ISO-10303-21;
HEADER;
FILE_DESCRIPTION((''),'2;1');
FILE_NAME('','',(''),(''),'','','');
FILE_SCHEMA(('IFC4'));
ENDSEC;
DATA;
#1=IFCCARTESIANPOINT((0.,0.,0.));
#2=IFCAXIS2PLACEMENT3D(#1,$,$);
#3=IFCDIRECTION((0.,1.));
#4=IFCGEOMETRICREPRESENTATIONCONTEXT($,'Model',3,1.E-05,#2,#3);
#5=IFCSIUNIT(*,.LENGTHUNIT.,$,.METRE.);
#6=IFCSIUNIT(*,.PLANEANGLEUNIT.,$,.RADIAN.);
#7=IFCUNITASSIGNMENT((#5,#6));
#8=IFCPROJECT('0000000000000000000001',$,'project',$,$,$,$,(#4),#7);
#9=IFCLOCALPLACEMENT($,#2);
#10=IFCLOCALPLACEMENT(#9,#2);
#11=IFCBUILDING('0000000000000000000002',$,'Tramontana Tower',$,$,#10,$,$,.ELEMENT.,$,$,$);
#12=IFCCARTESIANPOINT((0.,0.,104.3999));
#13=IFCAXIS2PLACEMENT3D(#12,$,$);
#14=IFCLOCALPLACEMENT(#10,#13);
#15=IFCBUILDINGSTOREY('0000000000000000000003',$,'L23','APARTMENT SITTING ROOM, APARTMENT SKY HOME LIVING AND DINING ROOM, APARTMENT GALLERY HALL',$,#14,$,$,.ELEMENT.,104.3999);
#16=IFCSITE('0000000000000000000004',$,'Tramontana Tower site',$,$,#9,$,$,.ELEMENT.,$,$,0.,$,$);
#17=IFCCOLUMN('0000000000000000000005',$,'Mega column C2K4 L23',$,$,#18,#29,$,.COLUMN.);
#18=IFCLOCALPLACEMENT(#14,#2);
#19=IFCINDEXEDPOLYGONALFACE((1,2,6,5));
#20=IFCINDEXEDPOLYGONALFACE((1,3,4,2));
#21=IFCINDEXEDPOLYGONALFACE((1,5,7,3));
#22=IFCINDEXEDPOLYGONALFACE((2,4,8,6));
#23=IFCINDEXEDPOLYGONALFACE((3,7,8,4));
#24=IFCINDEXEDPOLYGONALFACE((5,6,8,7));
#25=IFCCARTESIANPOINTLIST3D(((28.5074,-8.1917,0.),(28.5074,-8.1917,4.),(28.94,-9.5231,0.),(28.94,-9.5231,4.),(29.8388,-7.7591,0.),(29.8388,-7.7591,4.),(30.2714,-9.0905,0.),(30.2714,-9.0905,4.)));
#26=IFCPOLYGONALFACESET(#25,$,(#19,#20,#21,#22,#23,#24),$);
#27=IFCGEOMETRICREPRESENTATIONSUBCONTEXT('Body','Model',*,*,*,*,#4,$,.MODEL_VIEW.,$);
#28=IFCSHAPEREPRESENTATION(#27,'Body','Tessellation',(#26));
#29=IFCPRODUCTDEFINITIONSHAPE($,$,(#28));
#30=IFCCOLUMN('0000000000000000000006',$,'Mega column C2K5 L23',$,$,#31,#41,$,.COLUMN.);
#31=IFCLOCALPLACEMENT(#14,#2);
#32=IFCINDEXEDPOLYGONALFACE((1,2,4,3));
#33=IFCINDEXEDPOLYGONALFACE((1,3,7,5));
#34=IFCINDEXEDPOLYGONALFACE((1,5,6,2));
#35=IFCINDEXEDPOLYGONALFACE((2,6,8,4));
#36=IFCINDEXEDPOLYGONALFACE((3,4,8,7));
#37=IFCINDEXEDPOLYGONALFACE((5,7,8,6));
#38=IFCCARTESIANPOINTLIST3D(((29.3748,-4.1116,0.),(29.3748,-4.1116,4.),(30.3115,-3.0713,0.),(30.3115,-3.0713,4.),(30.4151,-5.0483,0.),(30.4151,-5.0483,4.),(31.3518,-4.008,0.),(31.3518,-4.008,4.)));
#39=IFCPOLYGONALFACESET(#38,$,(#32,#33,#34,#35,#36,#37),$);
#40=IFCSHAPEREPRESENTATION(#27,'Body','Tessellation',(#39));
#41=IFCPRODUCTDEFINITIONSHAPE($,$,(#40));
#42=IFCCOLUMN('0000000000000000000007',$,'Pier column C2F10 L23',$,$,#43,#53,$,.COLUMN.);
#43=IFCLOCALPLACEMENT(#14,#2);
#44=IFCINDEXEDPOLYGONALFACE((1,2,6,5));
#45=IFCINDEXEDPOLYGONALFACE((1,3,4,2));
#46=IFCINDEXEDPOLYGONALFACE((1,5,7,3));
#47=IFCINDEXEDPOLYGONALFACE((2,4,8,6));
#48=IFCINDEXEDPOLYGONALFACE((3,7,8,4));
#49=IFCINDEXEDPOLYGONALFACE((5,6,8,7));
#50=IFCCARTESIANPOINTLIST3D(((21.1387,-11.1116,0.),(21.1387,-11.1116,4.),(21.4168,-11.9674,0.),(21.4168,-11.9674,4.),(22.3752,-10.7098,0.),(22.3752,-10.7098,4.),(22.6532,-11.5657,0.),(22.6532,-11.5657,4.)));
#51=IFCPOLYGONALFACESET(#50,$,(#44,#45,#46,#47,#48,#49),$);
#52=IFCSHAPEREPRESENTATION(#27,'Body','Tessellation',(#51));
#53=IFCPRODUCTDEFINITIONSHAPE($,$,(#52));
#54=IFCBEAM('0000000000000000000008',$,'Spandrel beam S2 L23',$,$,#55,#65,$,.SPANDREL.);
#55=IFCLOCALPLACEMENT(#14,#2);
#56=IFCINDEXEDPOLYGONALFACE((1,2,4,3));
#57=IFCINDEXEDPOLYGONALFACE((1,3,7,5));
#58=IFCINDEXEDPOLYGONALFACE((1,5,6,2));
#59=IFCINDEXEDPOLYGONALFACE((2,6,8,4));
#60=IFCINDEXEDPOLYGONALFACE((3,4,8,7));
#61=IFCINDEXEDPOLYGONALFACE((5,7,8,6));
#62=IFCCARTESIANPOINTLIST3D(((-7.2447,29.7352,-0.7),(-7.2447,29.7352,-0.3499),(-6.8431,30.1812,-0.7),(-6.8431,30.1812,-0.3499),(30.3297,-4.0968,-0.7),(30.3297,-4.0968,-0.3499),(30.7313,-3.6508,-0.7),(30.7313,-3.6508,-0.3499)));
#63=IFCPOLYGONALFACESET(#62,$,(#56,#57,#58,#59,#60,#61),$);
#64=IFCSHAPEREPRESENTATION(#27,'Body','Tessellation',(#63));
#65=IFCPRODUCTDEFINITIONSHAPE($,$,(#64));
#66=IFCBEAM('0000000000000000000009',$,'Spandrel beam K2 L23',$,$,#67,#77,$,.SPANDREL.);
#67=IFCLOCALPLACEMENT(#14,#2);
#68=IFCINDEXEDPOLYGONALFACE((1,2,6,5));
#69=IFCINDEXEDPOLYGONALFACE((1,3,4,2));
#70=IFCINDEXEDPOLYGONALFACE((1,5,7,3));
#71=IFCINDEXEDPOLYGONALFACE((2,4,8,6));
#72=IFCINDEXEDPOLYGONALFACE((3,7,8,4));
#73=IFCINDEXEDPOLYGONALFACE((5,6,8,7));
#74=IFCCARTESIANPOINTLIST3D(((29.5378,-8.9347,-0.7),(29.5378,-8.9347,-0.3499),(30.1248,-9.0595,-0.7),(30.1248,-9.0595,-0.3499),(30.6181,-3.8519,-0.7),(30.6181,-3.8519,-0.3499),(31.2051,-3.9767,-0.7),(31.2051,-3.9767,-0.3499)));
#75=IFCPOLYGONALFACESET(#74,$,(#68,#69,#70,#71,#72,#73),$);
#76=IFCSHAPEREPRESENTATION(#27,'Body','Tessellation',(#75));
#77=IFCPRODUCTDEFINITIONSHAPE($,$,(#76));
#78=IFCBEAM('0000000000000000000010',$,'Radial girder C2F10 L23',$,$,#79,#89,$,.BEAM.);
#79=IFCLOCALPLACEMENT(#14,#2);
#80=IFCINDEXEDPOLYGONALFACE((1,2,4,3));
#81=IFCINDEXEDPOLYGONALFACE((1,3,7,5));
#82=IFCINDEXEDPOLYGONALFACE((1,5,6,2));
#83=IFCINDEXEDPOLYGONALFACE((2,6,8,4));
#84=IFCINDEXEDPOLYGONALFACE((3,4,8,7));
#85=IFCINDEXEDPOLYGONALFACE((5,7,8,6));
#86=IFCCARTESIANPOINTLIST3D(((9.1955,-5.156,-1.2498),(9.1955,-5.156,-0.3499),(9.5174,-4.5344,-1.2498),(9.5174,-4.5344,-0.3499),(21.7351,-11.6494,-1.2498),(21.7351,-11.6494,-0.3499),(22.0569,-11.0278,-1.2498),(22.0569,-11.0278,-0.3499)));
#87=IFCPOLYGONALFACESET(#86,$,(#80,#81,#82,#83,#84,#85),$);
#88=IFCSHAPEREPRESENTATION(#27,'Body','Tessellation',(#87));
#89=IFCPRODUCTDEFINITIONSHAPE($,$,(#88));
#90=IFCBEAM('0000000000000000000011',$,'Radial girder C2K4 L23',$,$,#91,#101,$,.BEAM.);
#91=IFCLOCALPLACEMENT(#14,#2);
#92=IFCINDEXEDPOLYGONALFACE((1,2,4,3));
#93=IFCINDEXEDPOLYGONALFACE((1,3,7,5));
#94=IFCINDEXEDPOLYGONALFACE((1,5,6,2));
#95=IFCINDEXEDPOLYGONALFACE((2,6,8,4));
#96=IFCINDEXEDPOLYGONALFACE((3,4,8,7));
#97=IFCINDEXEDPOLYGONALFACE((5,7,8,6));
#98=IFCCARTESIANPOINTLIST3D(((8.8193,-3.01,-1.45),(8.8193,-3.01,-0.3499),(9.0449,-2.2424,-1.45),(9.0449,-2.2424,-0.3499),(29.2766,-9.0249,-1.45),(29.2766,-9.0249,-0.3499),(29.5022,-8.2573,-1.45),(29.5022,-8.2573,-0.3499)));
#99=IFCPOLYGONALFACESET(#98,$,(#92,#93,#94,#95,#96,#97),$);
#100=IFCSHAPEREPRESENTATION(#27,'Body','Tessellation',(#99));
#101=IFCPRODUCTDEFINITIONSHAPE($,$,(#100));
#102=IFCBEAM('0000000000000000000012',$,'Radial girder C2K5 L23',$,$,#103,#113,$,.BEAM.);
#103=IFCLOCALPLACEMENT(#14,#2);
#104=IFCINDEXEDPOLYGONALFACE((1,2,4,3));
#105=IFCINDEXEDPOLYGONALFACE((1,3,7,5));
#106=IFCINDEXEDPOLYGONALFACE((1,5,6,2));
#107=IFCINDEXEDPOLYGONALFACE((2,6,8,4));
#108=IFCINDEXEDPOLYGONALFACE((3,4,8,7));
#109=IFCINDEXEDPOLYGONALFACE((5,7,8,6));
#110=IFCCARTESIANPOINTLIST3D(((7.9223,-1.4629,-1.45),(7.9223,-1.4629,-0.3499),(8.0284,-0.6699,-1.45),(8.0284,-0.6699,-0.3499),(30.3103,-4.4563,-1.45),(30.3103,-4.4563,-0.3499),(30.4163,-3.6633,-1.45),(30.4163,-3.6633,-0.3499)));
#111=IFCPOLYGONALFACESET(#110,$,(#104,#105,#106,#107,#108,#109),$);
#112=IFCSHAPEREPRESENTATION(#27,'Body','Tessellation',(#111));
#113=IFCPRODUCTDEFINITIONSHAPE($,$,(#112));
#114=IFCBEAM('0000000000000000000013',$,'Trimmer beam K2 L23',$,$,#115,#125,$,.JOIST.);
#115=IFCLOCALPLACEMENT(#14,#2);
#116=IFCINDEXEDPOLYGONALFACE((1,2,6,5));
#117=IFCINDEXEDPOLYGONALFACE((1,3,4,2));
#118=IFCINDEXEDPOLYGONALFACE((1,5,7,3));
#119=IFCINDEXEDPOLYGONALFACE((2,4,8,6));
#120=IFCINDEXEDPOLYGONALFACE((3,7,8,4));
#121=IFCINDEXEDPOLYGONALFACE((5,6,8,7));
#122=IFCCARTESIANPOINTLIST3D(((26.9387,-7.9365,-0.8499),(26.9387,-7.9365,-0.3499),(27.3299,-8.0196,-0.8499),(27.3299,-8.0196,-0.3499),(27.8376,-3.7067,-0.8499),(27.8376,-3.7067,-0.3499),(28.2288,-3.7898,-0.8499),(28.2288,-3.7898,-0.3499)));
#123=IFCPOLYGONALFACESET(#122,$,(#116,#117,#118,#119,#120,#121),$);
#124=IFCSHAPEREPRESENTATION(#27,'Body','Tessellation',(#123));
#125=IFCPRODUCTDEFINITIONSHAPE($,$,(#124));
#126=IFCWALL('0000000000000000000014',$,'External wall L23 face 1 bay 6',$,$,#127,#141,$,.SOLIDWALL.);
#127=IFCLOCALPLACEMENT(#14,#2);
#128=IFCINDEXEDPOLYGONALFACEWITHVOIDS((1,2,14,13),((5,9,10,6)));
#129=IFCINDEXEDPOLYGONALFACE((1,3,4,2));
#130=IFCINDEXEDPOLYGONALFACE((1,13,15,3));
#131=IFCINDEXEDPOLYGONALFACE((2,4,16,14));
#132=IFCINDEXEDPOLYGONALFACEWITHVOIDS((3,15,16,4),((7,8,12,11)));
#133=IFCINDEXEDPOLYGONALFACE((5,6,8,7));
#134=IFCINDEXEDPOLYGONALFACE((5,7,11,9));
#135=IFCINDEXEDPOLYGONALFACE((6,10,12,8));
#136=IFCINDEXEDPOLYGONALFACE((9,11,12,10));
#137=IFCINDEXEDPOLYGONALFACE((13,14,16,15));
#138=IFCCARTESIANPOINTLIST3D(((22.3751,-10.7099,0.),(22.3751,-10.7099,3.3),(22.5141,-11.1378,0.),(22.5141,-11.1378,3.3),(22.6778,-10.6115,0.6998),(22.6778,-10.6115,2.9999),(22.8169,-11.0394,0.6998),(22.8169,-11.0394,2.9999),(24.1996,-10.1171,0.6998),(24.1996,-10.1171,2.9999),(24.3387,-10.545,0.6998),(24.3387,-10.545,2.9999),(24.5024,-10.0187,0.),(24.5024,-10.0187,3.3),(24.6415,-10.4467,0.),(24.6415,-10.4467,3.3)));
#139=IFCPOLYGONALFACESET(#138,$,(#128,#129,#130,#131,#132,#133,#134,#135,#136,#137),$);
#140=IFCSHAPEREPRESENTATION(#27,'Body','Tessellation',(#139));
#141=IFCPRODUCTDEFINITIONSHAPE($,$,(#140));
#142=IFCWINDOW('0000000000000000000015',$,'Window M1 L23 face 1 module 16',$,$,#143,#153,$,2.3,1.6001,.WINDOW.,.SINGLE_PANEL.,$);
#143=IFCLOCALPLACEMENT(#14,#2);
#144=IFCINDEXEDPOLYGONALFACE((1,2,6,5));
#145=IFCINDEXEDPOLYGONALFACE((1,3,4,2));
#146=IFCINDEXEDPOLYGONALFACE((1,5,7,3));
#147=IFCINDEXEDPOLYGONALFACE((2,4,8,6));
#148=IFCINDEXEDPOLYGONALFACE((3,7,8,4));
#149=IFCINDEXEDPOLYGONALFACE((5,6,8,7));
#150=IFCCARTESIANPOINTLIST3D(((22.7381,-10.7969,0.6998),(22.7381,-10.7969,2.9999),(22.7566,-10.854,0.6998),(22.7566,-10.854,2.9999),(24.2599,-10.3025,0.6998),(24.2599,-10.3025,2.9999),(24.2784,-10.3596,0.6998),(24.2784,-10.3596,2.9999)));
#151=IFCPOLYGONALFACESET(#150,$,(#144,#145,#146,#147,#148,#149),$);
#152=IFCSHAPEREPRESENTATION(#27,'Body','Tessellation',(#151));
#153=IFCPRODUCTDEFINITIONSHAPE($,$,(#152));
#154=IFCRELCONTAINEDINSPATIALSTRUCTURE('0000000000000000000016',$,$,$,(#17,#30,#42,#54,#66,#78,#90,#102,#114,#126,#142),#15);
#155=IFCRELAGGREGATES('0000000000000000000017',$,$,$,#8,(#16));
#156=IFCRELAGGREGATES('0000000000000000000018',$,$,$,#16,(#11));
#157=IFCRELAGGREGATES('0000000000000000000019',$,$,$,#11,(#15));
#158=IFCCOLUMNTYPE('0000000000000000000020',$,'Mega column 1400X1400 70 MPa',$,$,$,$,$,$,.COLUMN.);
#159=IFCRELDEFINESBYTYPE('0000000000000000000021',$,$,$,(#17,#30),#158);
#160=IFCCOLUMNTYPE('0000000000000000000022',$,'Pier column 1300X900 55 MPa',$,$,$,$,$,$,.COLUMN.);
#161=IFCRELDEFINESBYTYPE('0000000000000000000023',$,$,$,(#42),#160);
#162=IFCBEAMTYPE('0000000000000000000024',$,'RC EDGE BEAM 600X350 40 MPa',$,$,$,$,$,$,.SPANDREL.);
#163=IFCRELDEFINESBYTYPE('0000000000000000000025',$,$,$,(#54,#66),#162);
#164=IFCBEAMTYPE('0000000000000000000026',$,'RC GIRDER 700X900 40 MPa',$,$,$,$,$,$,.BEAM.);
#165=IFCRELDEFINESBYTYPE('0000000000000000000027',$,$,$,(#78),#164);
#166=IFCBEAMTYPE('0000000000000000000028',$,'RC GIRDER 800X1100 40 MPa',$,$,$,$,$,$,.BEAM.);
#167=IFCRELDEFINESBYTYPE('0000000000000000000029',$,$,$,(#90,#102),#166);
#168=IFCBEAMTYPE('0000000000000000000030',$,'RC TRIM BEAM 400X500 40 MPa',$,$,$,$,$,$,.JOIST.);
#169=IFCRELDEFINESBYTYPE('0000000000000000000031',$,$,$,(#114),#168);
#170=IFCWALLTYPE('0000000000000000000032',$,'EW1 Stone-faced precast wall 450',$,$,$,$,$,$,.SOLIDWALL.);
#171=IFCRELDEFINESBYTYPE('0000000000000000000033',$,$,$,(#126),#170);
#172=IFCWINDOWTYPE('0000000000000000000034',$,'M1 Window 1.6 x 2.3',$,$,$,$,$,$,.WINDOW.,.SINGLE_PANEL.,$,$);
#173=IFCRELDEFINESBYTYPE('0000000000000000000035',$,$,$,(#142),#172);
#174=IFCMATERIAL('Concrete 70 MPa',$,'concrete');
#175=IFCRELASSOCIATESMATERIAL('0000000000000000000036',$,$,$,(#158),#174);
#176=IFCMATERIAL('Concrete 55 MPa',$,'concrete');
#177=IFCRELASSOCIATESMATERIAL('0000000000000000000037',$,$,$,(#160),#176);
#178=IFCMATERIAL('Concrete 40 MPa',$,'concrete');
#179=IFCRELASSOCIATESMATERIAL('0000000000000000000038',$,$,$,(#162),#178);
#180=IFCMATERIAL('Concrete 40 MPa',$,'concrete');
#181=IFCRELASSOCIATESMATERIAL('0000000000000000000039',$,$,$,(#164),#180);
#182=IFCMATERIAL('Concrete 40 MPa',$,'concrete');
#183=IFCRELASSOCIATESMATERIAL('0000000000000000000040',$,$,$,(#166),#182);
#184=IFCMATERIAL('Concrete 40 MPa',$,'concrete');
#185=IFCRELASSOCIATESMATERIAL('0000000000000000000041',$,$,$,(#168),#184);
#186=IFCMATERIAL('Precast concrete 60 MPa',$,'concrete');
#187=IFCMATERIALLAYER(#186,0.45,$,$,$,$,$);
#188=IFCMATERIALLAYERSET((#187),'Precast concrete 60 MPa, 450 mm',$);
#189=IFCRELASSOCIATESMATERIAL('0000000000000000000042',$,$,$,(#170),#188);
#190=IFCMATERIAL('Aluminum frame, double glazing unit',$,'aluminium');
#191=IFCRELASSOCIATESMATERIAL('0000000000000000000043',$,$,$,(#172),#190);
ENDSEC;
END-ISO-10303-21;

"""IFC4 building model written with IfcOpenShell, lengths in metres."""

from ifc_helpers import new_model, si_unit, direction, frame, frame_2d, origin, origin_2d, place, context, subcontext, project, spatial, rectangle, extrude, material, layer, layer_set, material_profile, profile_set, type_object, element, fill, save


model = new_model("IFC4")

# Units and contexts
model_context = context("Model", 3, precision=1e-05, world=origin(), true_north=direction((0.0, 1.0)))
body_context = subcontext(model_context, "Body", "Model", "MODEL_VIEW")
ifc_project = project(units=[si_unit("LENGTHUNIT", "METRE"), si_unit("PLANEANGLEUNIT", "RADIAN")], contexts=[model_context])

# Site, building, storey
site_placement = place(None, origin())
site = spatial("IfcSite", under=ifc_project, at=site_placement, Name="Tramontana Tower site", CompositionType="ELEMENT", RefElevation=0.0)
building_placement = place(site_placement, origin())
building = spatial("IfcBuilding", under=site, at=building_placement, Name="Tramontana Tower", CompositionType="ELEMENT")
storey_placement = place(building_placement, frame((0.0, 0.0, 104.3999)))
storey = spatial("IfcBuildingStorey", under=building, at=storey_placement, Name="L23", Description="APARTMENT SITTING ROOM, APARTMENT SKY HOME LIVING AND DINING ROOM, APARTMENT GALLERY HALL", CompositionType="ELEMENT", Elevation=104.3999)

# Columns
ifc_material_1 = material(Name="Concrete 70 MPa", Category="concrete")
ifc_material_profile_1 = material_profile(ifc_material_1, rectangle(XDim=1.3999, YDim=1.3999, at=origin_2d()), Name="Mega column 1400X1400 70 MPa")
ifc_profile_set_1 = profile_set([ifc_material_profile_1], Name="Concrete 70 MPa")
column_type_1 = type_object("IfcColumnType", Name="Mega column 1400X1400 70 MPa", PredefinedType="COLUMN", material=ifc_profile_set_1)
for number, where, z_axis, x_axis, name in (
    (1, (29.3894, -8.6411, 0.0), (0.0, 0.0, 1.0), (0.951057, 0.309017, 0.0), "Mega column C2K4 L23"),
    (2, (30.3633, -4.0598, 0.0), (0.0, 0.0, 1.0), (-0.743145, 0.669131, 0.0), "Mega column C2K5 L23"),
):
    element("IfcColumn", number, at=place(storey_placement, frame(where, z_axis=z_axis, x_axis=x_axis)), inside=storey, type_object=column_type_1, Name=name, PredefinedType="COLUMN", context=body_context, shape_type="SweptSolid", body=[
        extrude(rectangle(XDim=1.3999, YDim=1.3999, at=origin_2d()), origin(), (0.0, 0.0, 1.0), 4.0),
    ])
ifc_material_2 = material(Name="Concrete 55 MPa", Category="concrete")
ifc_material_profile_2 = material_profile(ifc_material_2, rectangle(XDim=1.3, YDim=0.8999, at=origin_2d()), Name="Pier column 1300X900 55 MPa")
ifc_profile_set_2 = profile_set([ifc_material_profile_2], Name="Concrete 55 MPa")
column_type_2 = type_object("IfcColumnType", Name="Pier column 1300X900 55 MPa", PredefinedType="COLUMN", material=ifc_profile_set_2)
column_placement = place(storey_placement, frame((21.896, -11.3386, 0.0), z_axis=(0.0, 0.0, 1.0), x_axis=(0.951057, 0.309017, 0.0)))
element("IfcColumn", 3, at=column_placement, inside=storey, type_object=column_type_2, Name="Pier column C2F10 L23", PredefinedType="COLUMN", context=body_context, shape_type="SweptSolid", body=[
    extrude(rectangle(XDim=1.3, YDim=0.8999, at=origin_2d()), origin(), (0.0, 0.0, 1.0), 4.0),
])

# Beams
ifc_material_3 = material(Name="Concrete 40 MPa", Category="concrete")
ifc_material_profile_3 = material_profile(ifc_material_3, rectangle(XDim=0.6001, YDim=0.3501, at=origin_2d()), Name="RC EDGE BEAM 600X350 40 MPa")
ifc_profile_set_3 = profile_set([ifc_material_profile_3], Name="Concrete 40 MPa")
beam_type_1 = type_object("IfcBeamType", Name="RC EDGE BEAM 600X350 40 MPa", PredefinedType="SPANDREL", material=ifc_profile_set_3)
beam_1_placement = place(storey_placement, frame((30.5305, -3.8738, -0.5249), z_axis=(-0.743146, 0.669129, 0.0), x_axis=(-0.669129, -0.743146, 0.0)))
element("IfcBeam", 4, at=beam_1_placement, inside=storey, type_object=beam_type_1, Name="Spandrel beam S2 L23", PredefinedType="SPANDREL", context=body_context, shape_type="SweptSolid", body=[
    extrude(rectangle(XDim=0.6001, YDim=0.3501, at=origin_2d()), origin(), (0.0, 0.0, 1.0), 50.5613),
])
beam_2_placement = place(storey_placement, frame((29.8313, -8.9971, -0.5249), z_axis=(0.207902, 0.97815, 0.0), x_axis=(-0.97815, 0.207902, 0.0)))
element("IfcBeam", 5, at=beam_2_placement, inside=storey, type_object=beam_type_1, Name="Spandrel beam K2 L23", PredefinedType="SPANDREL", context=body_context, shape_type="SweptSolid", body=[
    extrude(rectangle(XDim=0.6001, YDim=0.3501, at=origin_2d()), origin(), (0.0, 0.0, 1.0), 5.1963),
])
ifc_material_4 = material(Name="Concrete 40 MPa", Category="concrete")
ifc_material_profile_4 = material_profile(ifc_material_4, rectangle(XDim=0.7, YDim=0.8999, at=origin_2d()), Name="RC GIRDER 700X900 40 MPa")
ifc_profile_set_4 = profile_set([ifc_material_profile_4], Name="Concrete 40 MPa")
beam_type_2 = type_object("IfcBeamType", Name="RC GIRDER 700X900 40 MPa", PredefinedType="BEAM", material=ifc_profile_set_4)
beam_3_placement = place(storey_placement, frame((21.896, -11.3386, -0.7998), z_axis=(-0.888003, 0.459838, 0.0), x_axis=(-0.459838, -0.888003, 0.0)))
element("IfcBeam", 6, at=beam_3_placement, inside=storey, type_object=beam_type_2, Name="Radial girder C2F10 L23", PredefinedType="BEAM", context=body_context, shape_type="SweptSolid", body=[
    extrude(rectangle(XDim=0.7, YDim=0.8999, at=origin_2d()), origin(), (0.0, 0.0, 1.0), 14.1211),
])
ifc_material_5 = material(Name="Concrete 40 MPa", Category="concrete")
ifc_material_profile_5 = material_profile(ifc_material_5, rectangle(XDim=0.8, YDim=1.1001, at=origin_2d()), Name="RC GIRDER 800X1100 40 MPa")
ifc_profile_set_5 = profile_set([ifc_material_profile_5], Name="Concrete 40 MPa")
beam_type_3 = type_object("IfcBeamType", Name="RC GIRDER 800X1100 40 MPa", PredefinedType="BEAM", material=ifc_profile_set_5)
beam_4_placement = place(storey_placement, frame((29.3894, -8.6411, -0.8999), z_axis=(-0.95939, 0.282082, 0.0), x_axis=(-0.282082, -0.95939, 0.0)))
element("IfcBeam", 7, at=beam_4_placement, inside=storey, type_object=beam_type_3, Name="Radial girder C2K4 L23", PredefinedType="BEAM", context=body_context, shape_type="SweptSolid", body=[
    extrude(rectangle(XDim=0.8, YDim=1.1001, at=origin_2d()), origin(), (0.0, 0.0, 1.0), 21.3232),
])
beam_5_placement = place(storey_placement, frame((30.3633, -4.0598, -0.8999), z_axis=(-0.991179, 0.132527, 0.0), x_axis=(-0.132527, -0.991179, 0.0)))
element("IfcBeam", 8, at=beam_5_placement, inside=storey, type_object=beam_type_3, Name="Radial girder C2K5 L23", PredefinedType="BEAM", context=body_context, shape_type="SweptSolid", body=[
    extrude(rectangle(XDim=0.8, YDim=1.1001, at=origin_2d()), origin(), (0.0, 0.0, 1.0), 22.5872),
])
ifc_material_6 = material(Name="Concrete 40 MPa", Category="concrete")
ifc_material_profile_6 = material_profile(ifc_material_6, rectangle(XDim=0.3999, YDim=0.5, at=origin_2d()), Name="RC TRIM BEAM 400X500 40 MPa")
ifc_profile_set_6 = profile_set([ifc_material_profile_6], Name="Concrete 40 MPa")
beam_type_4 = type_object("IfcBeamType", Name="RC TRIM BEAM 400X500 40 MPa", PredefinedType="JOIST", material=ifc_profile_set_6)
beam_6_placement = place(storey_placement, frame((27.1343, -7.978, -0.5999), z_axis=(0.207882, 0.978154, 0.0), x_axis=(-0.978154, 0.207882, 0.0)))
element("IfcBeam", 9, at=beam_6_placement, inside=storey, type_object=beam_type_4, Name="Trimmer beam K2 L23", PredefinedType="JOIST", context=body_context, shape_type="SweptSolid", body=[
    extrude(rectangle(XDim=0.3999, YDim=0.5, at=origin_2d()), origin(), (0.0, 0.0, 1.0), 4.3242),
])

# Wall, opening, window
ifc_material_7 = material(Name="Precast concrete 60 MPa", Category="concrete")
ifc_layer_1 = layer(ifc_material_7, 0.45)
ifc_layer_set_1 = layer_set([ifc_layer_1], Name="Precast concrete 60 MPa, 450 mm")
wall_type_1 = type_object("IfcWallType", Name="EW1 Stone-faced precast wall 450", PredefinedType="SOLIDWALL", material=ifc_layer_set_1)
wall_1_placement = place(storey_placement, frame((22.4446, -10.9238, 0.0), z_axis=(0.0, 0.0, 1.0), x_axis=(0.951068, 0.308982, 0.0)))
wall_1 = element("IfcWall", 10, at=wall_1_placement, inside=storey, type_object=wall_type_1, Name="External wall L23 face 1 bay 6", PredefinedType="SOLIDWALL", context=body_context, shape_type="SweptSolid", body=[
    extrude(rectangle(XDim=2.2368, YDim=0.45, at=frame_2d((1.1184, 0.0))), origin(), (0.0, 0.0, 1.0), 3.3),
])
opening_1_placement = place(wall_1_placement, frame((0.3184, 0.0, 0.7)))
opening_1 = element("IfcOpeningElement", 11, at=opening_1_placement, cuts=wall_1, PredefinedType="OPENING", context=body_context, shape_type="SweptSolid", body=[
    extrude(rectangle(XDim=1.6001, YDim=2.3, at=frame_2d((0.8, 1.1499))), frame((0.0, 0.2349, 0.0), z_axis=(0.0, -1.0, 0.0), x_axis=(1.0, 0.0, 0.0)), (0.0, 0.0, 1.0), 0.47),
])
ifc_material_8 = material(Name="Aluminum frame, double glazing unit", Category="aluminium")
window_type_1 = type_object("IfcWindowType", Name="M1 Window 1.6 x 2.3", PartitioningType="SINGLE_PANEL", PredefinedType="WINDOW", material=ifc_material_8)
window_1_placement = place(opening_1_placement, origin())
window_1 = element("IfcWindow", 12, at=window_1_placement, inside=storey, type_object=window_type_1, Name="Window M1 L23 face 1 module 16", OverallHeight=2.3, OverallWidth=1.6001, PartitioningType="SINGLE_PANEL", PredefinedType="WINDOW", context=body_context, shape_type="SweptSolid", body=[
    extrude(rectangle(XDim=1.6001, YDim=2.3, at=frame_2d((0.8, 1.1499))), frame((0.0, 0.03, 0.0), z_axis=(0.0, -1.0, 0.0), x_axis=(1.0, 0.0, 0.0)), (0.0, 0.0, 1.0), 0.0601),
])
fill(opening_1, window_1)

save(model, "model.ifc")
